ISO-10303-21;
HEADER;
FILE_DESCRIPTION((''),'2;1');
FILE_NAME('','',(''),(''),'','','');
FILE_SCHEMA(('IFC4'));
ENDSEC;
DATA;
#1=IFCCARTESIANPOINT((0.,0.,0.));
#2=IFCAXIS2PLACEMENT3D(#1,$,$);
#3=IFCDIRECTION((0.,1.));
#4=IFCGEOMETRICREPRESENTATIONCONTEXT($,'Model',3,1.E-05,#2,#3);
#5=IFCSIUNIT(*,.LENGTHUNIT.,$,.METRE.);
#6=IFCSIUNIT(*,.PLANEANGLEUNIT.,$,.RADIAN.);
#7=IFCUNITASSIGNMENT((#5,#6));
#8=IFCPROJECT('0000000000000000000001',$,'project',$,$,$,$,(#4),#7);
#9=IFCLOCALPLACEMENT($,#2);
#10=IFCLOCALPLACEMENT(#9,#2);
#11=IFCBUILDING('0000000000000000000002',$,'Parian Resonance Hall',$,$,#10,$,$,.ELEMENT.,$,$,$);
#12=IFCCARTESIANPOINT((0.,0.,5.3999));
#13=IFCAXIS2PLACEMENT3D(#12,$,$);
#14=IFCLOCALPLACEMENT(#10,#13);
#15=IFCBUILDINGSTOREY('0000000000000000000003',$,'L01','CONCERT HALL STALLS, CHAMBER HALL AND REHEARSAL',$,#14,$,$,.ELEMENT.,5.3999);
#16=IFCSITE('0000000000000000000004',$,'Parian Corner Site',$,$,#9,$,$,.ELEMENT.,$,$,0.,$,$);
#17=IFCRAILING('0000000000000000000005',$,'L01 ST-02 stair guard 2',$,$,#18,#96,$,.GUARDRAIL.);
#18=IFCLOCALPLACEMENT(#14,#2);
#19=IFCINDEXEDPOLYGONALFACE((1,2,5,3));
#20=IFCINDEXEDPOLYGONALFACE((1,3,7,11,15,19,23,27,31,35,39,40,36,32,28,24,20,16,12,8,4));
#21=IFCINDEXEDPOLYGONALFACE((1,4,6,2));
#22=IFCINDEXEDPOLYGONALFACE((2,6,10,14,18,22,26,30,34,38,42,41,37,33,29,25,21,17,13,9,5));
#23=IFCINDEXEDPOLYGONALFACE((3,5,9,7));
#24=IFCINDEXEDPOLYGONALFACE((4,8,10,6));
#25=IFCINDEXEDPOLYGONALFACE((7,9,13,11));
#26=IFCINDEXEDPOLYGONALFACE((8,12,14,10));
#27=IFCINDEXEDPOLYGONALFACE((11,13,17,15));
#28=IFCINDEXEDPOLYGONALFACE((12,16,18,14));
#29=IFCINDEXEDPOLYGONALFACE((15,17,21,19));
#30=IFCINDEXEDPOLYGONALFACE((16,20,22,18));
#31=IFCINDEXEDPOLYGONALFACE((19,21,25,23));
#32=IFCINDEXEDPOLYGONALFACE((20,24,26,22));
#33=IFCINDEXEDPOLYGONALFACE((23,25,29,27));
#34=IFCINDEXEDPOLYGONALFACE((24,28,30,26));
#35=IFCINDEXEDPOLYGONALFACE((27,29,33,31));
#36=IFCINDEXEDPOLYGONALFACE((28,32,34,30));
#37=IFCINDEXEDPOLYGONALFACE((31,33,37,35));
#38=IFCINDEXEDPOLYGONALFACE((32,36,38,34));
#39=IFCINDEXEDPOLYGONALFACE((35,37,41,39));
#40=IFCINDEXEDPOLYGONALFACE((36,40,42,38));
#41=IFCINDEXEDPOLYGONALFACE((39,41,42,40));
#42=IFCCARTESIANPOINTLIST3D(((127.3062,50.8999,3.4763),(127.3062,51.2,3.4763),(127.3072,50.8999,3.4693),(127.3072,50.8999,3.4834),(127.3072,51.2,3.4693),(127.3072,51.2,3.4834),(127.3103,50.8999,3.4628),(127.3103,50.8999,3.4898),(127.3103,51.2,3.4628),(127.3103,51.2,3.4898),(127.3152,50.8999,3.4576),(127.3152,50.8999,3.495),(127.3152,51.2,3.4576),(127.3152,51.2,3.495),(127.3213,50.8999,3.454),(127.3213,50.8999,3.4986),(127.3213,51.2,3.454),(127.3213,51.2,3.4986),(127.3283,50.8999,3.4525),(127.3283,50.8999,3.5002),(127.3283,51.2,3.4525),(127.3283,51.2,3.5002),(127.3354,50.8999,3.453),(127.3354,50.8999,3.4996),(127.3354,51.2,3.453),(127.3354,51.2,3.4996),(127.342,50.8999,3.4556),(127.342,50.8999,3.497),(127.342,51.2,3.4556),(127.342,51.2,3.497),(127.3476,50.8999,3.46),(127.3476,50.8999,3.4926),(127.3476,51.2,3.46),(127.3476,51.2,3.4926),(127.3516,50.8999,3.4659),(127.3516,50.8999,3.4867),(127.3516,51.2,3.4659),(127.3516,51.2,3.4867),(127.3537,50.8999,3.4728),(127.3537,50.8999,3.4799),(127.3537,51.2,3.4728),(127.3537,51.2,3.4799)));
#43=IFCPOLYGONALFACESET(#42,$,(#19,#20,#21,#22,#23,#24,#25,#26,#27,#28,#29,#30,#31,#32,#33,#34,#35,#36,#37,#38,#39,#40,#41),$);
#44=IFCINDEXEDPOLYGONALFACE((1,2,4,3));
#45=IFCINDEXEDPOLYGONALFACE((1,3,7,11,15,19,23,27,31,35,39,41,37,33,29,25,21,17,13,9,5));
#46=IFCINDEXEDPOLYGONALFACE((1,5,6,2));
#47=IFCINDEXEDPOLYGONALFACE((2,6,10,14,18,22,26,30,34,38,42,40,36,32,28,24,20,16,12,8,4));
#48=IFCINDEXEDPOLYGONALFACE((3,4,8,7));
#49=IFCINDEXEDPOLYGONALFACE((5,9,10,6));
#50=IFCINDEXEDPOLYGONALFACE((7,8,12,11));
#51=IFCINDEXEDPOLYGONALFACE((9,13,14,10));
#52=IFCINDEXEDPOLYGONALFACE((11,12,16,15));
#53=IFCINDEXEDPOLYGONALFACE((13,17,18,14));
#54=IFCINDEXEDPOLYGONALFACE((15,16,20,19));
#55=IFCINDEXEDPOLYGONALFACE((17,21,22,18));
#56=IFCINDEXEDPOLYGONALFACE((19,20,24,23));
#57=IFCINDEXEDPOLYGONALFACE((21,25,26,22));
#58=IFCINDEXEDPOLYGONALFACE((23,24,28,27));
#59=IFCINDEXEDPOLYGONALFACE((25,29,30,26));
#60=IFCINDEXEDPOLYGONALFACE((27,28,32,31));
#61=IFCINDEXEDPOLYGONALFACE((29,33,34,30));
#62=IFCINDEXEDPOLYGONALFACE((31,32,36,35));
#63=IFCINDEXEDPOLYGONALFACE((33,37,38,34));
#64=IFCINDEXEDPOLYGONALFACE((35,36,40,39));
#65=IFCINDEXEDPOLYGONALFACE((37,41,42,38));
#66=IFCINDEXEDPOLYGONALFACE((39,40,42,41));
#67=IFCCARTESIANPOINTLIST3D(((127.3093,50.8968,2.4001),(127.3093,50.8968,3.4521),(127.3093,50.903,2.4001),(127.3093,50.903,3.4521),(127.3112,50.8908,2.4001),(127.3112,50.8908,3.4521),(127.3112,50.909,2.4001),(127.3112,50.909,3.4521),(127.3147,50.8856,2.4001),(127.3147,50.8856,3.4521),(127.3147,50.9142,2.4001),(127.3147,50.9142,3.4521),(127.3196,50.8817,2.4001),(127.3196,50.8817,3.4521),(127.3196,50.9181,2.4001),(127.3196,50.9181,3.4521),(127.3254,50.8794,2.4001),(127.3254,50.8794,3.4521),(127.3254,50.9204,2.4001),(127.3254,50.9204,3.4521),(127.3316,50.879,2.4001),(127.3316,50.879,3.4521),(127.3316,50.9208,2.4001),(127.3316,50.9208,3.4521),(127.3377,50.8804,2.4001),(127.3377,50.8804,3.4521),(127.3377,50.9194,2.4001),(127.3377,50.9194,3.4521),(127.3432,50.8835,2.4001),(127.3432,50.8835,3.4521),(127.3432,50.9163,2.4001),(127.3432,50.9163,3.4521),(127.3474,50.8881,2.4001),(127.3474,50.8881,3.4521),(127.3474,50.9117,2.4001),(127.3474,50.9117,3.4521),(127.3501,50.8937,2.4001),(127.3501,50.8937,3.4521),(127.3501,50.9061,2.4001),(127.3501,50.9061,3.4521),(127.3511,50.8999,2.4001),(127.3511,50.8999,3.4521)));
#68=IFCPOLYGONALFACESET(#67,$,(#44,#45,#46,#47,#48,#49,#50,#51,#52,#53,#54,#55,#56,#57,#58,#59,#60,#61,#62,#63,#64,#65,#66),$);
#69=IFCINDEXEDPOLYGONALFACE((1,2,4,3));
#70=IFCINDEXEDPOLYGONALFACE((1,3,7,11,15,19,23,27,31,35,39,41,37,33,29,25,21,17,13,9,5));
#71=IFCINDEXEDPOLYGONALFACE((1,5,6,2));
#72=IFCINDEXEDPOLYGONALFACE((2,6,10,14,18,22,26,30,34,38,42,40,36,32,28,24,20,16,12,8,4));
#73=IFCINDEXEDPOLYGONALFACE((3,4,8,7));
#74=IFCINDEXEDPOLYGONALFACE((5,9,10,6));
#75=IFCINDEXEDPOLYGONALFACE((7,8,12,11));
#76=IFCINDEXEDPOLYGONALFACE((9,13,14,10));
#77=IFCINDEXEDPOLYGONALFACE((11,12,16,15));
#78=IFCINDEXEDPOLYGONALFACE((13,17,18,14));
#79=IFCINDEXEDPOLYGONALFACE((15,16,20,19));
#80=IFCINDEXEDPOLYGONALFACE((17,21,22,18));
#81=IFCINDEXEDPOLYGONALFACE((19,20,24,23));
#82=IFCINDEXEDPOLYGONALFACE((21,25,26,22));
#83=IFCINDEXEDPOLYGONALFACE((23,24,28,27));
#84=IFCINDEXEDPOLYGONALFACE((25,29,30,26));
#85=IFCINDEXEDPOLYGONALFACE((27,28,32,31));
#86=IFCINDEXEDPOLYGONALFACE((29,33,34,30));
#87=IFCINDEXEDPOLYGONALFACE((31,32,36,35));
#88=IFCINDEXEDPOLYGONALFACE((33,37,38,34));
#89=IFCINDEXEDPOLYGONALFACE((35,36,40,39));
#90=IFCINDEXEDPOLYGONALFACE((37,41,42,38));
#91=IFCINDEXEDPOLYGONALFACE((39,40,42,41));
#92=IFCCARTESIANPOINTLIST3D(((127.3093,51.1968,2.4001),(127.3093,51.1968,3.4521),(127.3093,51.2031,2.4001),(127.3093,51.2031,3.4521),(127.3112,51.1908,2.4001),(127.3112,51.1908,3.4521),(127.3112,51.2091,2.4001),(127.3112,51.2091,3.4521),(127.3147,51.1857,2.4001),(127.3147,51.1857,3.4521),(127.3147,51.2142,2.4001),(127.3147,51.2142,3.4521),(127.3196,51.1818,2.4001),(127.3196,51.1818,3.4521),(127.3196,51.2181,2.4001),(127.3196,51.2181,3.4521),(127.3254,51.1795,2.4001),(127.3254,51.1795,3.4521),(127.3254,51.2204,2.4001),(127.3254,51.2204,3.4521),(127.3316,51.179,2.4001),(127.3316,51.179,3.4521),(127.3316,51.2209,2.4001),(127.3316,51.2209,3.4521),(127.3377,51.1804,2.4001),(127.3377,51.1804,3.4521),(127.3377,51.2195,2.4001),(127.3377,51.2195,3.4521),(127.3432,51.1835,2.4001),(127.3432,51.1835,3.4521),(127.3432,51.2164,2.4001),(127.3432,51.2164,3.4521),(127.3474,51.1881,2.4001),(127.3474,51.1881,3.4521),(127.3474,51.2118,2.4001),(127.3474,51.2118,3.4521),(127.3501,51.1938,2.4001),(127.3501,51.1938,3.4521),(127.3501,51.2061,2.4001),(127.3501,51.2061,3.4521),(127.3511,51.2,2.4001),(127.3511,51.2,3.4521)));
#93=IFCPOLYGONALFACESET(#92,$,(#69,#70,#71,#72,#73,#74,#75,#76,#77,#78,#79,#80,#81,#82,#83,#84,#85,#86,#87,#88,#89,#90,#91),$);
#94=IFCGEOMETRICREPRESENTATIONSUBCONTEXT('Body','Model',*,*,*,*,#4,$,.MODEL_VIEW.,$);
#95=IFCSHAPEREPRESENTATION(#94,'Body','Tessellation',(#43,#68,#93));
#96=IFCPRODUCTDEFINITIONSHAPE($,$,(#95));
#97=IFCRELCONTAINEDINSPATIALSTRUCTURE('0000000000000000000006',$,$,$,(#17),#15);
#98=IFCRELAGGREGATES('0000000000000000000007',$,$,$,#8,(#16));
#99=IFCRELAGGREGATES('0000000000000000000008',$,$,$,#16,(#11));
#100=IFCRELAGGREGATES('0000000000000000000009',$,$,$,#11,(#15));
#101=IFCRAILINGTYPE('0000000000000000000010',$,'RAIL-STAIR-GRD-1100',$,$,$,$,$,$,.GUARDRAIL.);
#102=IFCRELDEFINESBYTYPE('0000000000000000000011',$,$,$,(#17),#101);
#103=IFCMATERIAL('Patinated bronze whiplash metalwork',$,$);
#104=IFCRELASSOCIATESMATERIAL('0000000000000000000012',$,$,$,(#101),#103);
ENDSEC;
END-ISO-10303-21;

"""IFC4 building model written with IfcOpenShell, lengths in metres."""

from ifc_helpers import new_model, si_unit, direction, frame, origin, origin_2d, place, context, subcontext, project, spatial, circle, extrude, material, type_object, element, save


model = new_model("IFC4")

# Units and contexts
model_context = context("Model", 3, precision=1e-05, world=origin(), true_north=direction((0.0, 1.0)))
body_context = subcontext(model_context, "Body", "Model", "MODEL_VIEW")
ifc_project = project(units=[si_unit("LENGTHUNIT", "METRE"), si_unit("PLANEANGLEUNIT", "RADIAN")], contexts=[model_context])

# Site, building, storey
site_placement = place(None, origin())
site = spatial("IfcSite", under=ifc_project, at=site_placement, Name="Parian Corner Site", CompositionType="ELEMENT", RefElevation=0.0)
building_placement = place(site_placement, origin())
building = spatial("IfcBuilding", under=site, at=building_placement, Name="Parian Resonance Hall", CompositionType="ELEMENT")
storey_placement = place(building_placement, frame((0.0, 0.0, 5.3999)))
storey = spatial("IfcBuildingStorey", under=building, at=storey_placement, Name="L01", Description="CONCERT HALL STALLS, CHAMBER HALL AND REHEARSAL", CompositionType="ELEMENT", Elevation=5.3999)

# Railing
ifc_material_1 = material(Name="Patinated bronze whiplash metalwork")
railing_type_1 = type_object("IfcRailingType", Name="RAIL-STAIR-GRD-1100", PredefinedType="GUARDRAIL", material=ifc_material_1)
railing_1_placement = place(storey_placement, frame((127.3301, 50.8999, 2.4001)))
element("IfcRailing", 1, at=railing_1_placement, inside=storey, type_object=railing_type_1, Name="L01 ST-02 stair guard 2", PredefinedType="GUARDRAIL", context=body_context, shape_type="SweptSolid", body=[
    extrude(circle(Radius=0.0239, at=origin_2d()), frame((0.0, 0.0, 1.0762), z_axis=(0.0, 1.0, 0.0), x_axis=(-1.0, 0.0, 0.0)), (0.0, 0.0, 1.0), 0.3),
    extrude(circle(Radius=0.021, at=origin_2d()), origin(), (0.0, 0.0, 1.0), 1.052),
    extrude(circle(Radius=0.021, at=origin_2d()), frame((0.0, 0.3, 0.0)), (0.0, 0.0, 1.0), 1.052),
])

save(model, "model.ifc")
